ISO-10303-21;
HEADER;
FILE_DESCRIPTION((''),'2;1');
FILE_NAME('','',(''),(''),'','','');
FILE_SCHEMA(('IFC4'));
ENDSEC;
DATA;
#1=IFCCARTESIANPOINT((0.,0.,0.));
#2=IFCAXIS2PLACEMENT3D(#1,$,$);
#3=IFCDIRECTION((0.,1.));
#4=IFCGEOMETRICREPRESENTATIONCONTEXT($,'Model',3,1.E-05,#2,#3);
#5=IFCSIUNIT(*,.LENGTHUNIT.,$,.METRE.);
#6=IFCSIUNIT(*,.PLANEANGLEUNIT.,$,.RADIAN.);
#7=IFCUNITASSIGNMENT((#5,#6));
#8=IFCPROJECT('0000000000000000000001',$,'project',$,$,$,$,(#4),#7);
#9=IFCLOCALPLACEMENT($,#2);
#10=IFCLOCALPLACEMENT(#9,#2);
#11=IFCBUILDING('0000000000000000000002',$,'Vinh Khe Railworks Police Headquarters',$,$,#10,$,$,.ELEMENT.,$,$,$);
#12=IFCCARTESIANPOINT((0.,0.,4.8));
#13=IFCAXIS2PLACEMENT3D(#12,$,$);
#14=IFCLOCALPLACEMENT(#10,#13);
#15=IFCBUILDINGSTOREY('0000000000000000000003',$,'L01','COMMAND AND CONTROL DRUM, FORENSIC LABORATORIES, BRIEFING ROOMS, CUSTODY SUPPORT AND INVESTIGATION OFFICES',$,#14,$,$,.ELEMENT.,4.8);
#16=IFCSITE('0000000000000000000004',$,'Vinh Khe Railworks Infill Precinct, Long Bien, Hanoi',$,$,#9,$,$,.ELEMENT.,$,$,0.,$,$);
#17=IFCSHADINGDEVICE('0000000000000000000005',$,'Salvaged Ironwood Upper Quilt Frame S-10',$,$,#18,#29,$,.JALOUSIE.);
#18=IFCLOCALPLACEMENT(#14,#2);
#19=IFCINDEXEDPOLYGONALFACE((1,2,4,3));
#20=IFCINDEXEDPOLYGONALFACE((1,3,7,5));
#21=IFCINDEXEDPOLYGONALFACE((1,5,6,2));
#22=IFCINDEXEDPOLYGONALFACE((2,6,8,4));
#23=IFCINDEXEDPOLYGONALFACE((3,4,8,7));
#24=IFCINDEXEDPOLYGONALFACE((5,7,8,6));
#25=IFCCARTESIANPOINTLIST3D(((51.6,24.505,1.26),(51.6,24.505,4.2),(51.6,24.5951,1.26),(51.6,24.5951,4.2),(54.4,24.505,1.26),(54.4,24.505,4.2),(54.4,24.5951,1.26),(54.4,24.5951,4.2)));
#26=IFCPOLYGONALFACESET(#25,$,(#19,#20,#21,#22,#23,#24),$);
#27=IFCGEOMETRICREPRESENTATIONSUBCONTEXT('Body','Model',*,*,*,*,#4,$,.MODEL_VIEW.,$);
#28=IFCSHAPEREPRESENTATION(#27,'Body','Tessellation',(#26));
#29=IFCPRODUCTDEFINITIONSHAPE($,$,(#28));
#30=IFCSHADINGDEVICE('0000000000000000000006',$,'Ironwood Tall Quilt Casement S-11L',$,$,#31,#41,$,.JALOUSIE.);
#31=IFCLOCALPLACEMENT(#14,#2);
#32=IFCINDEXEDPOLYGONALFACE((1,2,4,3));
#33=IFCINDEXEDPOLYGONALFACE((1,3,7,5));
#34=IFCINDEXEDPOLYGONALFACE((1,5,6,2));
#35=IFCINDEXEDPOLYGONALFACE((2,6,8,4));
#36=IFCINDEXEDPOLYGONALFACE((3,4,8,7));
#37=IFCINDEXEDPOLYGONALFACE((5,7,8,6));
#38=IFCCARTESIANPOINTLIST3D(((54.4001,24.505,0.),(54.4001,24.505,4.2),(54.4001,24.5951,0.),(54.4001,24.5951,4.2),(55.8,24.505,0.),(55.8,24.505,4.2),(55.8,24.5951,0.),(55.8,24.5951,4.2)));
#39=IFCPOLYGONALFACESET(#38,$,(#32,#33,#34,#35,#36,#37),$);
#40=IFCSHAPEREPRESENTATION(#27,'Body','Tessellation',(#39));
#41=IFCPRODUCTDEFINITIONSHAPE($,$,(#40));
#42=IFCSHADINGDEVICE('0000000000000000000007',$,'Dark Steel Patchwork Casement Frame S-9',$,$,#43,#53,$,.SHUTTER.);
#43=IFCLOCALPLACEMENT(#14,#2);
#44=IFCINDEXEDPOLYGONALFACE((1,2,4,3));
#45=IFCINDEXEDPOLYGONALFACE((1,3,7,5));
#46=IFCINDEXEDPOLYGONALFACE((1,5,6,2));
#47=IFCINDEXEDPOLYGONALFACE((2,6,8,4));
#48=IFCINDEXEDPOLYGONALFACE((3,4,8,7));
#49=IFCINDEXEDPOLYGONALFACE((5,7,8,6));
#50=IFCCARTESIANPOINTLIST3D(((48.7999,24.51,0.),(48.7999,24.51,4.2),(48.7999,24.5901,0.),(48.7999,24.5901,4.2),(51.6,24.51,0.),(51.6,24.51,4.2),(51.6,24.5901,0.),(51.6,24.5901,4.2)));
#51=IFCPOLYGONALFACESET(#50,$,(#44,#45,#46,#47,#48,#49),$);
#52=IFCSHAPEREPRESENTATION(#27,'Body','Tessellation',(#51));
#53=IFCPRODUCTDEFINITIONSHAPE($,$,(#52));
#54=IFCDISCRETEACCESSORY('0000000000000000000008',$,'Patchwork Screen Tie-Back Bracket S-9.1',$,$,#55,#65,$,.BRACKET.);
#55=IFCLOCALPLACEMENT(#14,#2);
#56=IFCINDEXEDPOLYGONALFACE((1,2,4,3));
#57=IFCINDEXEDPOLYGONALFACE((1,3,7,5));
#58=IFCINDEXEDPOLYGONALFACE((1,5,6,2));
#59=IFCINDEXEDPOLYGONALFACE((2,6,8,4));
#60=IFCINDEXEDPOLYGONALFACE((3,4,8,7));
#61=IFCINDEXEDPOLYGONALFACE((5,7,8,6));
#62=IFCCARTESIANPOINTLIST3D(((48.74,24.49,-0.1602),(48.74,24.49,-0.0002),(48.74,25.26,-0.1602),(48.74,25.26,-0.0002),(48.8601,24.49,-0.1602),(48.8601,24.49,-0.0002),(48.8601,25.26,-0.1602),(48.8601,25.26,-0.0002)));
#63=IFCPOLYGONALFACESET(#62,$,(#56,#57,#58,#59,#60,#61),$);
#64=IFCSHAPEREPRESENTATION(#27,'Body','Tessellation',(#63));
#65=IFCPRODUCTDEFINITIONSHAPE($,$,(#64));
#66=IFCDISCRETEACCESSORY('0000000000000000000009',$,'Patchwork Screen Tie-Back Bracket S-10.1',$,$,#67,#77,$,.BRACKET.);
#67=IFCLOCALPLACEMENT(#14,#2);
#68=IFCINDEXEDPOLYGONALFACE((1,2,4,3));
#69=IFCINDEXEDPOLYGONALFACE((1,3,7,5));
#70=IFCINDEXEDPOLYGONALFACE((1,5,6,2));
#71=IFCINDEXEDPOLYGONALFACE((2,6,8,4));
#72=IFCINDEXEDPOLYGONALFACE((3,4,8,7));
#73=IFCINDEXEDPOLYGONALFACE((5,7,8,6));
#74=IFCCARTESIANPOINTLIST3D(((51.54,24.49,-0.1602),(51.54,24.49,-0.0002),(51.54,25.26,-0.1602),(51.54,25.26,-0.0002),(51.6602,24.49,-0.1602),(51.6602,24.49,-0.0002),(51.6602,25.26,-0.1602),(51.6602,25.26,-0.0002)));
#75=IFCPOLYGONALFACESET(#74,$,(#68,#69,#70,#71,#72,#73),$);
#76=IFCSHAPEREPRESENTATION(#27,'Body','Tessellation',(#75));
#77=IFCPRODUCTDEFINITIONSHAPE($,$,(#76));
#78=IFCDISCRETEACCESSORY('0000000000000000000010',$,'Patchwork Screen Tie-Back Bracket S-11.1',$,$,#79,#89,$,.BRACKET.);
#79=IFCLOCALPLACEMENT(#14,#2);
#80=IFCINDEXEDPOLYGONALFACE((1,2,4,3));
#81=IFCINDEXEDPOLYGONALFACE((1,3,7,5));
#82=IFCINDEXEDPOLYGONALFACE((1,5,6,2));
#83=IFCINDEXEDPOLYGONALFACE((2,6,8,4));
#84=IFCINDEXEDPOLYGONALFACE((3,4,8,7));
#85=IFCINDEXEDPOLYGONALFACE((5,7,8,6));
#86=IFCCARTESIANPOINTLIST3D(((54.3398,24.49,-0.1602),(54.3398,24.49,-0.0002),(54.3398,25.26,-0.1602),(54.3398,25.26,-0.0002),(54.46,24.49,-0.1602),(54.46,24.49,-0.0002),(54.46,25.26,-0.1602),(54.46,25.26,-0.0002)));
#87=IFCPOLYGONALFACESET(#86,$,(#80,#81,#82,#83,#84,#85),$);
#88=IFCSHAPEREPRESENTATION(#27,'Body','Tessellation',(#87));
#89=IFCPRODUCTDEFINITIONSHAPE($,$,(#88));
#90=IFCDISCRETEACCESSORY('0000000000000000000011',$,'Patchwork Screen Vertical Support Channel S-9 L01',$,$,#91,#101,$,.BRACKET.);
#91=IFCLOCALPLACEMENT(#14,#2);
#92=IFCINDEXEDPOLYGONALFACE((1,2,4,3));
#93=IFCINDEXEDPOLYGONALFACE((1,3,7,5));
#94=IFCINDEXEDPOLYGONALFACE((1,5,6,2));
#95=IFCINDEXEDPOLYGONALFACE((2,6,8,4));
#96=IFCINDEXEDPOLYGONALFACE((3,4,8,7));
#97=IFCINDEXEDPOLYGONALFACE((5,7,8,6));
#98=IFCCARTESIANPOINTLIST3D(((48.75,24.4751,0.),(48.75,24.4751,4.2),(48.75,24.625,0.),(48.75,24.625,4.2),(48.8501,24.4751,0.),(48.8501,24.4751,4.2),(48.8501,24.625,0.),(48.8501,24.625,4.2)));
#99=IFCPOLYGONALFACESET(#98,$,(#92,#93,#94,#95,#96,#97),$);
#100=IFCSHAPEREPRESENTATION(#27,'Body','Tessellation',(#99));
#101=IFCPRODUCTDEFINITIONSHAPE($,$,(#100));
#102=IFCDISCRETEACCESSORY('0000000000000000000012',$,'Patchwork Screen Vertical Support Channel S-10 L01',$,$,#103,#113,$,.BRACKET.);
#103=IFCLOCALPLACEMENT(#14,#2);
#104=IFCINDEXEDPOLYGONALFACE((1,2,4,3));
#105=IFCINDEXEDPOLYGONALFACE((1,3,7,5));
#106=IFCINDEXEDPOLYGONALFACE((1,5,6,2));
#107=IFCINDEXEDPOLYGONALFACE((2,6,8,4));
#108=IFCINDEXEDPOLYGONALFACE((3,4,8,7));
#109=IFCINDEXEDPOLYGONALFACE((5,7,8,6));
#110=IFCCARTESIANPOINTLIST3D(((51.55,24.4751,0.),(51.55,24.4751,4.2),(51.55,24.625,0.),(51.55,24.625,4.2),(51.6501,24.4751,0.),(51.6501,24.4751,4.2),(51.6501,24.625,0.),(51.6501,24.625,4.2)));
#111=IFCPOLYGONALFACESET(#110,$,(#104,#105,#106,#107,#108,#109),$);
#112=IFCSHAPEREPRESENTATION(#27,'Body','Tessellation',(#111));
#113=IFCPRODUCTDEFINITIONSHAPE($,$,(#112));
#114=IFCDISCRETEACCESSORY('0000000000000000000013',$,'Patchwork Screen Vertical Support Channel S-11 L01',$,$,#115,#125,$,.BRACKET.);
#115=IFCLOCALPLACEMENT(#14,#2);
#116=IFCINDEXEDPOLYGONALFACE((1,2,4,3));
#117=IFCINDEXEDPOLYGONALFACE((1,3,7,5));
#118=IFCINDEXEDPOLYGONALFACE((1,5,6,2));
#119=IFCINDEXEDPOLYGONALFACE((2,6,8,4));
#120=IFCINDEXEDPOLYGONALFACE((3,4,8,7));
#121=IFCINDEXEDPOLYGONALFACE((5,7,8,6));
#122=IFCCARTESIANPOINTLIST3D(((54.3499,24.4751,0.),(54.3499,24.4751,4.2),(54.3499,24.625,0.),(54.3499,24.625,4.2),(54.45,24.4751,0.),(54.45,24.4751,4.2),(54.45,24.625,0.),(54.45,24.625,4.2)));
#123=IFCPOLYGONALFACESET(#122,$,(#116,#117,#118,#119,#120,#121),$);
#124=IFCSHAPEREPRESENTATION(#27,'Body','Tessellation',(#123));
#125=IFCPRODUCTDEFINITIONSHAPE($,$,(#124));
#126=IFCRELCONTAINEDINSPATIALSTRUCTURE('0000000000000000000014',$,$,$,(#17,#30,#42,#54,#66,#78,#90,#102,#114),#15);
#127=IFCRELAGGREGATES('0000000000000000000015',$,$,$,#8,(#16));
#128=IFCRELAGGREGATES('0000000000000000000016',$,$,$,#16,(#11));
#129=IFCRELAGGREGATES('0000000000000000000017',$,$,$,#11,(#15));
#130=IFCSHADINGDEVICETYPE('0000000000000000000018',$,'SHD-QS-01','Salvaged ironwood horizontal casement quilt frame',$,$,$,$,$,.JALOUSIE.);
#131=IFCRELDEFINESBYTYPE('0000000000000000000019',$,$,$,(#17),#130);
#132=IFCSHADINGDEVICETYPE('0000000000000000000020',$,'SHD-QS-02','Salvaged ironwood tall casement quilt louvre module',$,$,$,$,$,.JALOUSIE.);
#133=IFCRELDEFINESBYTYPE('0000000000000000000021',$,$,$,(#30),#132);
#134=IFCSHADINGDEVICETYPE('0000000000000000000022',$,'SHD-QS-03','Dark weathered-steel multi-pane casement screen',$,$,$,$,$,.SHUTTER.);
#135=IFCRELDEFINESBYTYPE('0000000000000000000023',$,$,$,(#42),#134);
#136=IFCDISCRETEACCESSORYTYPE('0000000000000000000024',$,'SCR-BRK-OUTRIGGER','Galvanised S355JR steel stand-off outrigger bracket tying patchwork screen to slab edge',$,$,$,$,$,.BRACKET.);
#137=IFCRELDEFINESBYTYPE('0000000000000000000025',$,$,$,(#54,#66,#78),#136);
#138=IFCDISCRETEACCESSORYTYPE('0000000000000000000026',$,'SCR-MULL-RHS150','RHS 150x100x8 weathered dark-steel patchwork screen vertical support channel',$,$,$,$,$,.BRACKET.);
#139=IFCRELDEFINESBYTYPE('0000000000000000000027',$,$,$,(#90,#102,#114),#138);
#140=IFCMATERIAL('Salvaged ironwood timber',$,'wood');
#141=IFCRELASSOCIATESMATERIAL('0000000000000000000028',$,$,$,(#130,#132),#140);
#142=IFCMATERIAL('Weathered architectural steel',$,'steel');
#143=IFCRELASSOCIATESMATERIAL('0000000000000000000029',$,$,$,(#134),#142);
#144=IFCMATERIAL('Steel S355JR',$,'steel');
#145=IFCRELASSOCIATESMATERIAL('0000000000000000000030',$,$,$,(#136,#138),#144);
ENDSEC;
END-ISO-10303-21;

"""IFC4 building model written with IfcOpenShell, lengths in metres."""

from ifc_helpers import new_model, si_unit, direction, frame, origin, origin_2d, place, context, subcontext, project, spatial, rectangle, extrude, material, type_object, element, save


model = new_model("IFC4")

# Units and contexts
model_context = context("Model", 3, precision=1e-05, world=origin(), true_north=direction((0.0, 1.0)))
body_context = subcontext(model_context, "Body", "Model", "MODEL_VIEW")
ifc_project = project(units=[si_unit("LENGTHUNIT", "METRE"), si_unit("PLANEANGLEUNIT", "RADIAN")], contexts=[model_context])

# Site, building, storey
site_placement = place(None, origin())
site = spatial("IfcSite", under=ifc_project, at=site_placement, Name="Vinh Khe Railworks Infill Precinct, Long Bien, Hanoi", CompositionType="ELEMENT", RefElevation=0.0)
building_placement = place(site_placement, origin())
building = spatial("IfcBuilding", under=site, at=building_placement, Name="Vinh Khe Railworks Police Headquarters", CompositionType="ELEMENT")
storey_placement = place(building_placement, frame((0.0, 0.0, 4.8)))
storey = spatial("IfcBuildingStorey", under=building, at=storey_placement, Name="L01", Description="COMMAND AND CONTROL DRUM, FORENSIC LABORATORIES, BRIEFING ROOMS, CUSTODY SUPPORT AND INVESTIGATION OFFICES", CompositionType="ELEMENT", Elevation=4.8)

# Shared definitions
ifc_material_1 = material(Name="Steel S355JR", Category="steel")

# Shared definitions
ifc_material_2 = material(Name="Salvaged ironwood timber", Category="wood")

# Shading devices
shading_device_type_1 = type_object("IfcShadingDeviceType", Name="SHD-QS-01", Description="Salvaged ironwood horizontal casement quilt frame", PredefinedType="JALOUSIE", material=ifc_material_2)
shading_device_1_placement = place(storey_placement, frame((53.0, 24.55, 1.26), z_axis=(0.0, 0.0, 1.0), x_axis=(1.0, 0.0, 0.0)))
element("IfcShadingDevice", 1, at=shading_device_1_placement, inside=storey, type_object=shading_device_type_1, Name="Salvaged Ironwood Upper Quilt Frame S-10", PredefinedType="JALOUSIE", context=body_context, shape_type="SweptSolid", body=[
    extrude(rectangle(XDim=2.8, YDim=0.0901, at=origin_2d()), origin(), (0.0, 0.0, 1.0), 2.9399),
])
shading_device_type_2 = type_object("IfcShadingDeviceType", Name="SHD-QS-02", Description="Salvaged ironwood tall casement quilt louvre module", PredefinedType="JALOUSIE", material=ifc_material_2)
shading_device_2_placement = place(storey_placement, frame((55.1001, 24.55, 0.0), z_axis=(0.0, 0.0, 1.0), x_axis=(1.0, 0.0, 0.0)))
element("IfcShadingDevice", 2, at=shading_device_2_placement, inside=storey, type_object=shading_device_type_2, Name="Ironwood Tall Quilt Casement S-11L", PredefinedType="JALOUSIE", context=body_context, shape_type="SweptSolid", body=[
    extrude(rectangle(XDim=1.3999, YDim=0.0901, at=origin_2d()), origin(), (0.0, 0.0, 1.0), 4.2),
])
ifc_material_3 = material(Name="Weathered architectural steel", Category="steel")
shading_device_type_3 = type_object("IfcShadingDeviceType", Name="SHD-QS-03", Description="Dark weathered-steel multi-pane casement screen", PredefinedType="SHUTTER", material=ifc_material_3)
shading_device_3_placement = place(storey_placement, frame((50.2, 24.55, 0.0), z_axis=(0.0, 0.0, 1.0), x_axis=(1.0, 0.0, 0.0)))
element("IfcShadingDevice", 3, at=shading_device_3_placement, inside=storey, type_object=shading_device_type_3, Name="Dark Steel Patchwork Casement Frame S-9", PredefinedType="SHUTTER", context=body_context, shape_type="SweptSolid", body=[
    extrude(rectangle(XDim=2.8, YDim=0.0801, at=origin_2d()), origin(), (0.0, 0.0, 1.0), 4.2),
])

# Discrete accessories
discrete_accessory_type_1 = type_object("IfcDiscreteAccessoryType", Name="SCR-BRK-OUTRIGGER", Description="Galvanised S355JR steel stand-off outrigger bracket tying patchwork screen to slab edge", PredefinedType="BRACKET", material=ifc_material_1)
for number, where, z_axis, x_axis, name in (
    (4, (48.8, 24.875, -0.1602), (0.0, 0.0, 1.0), (1.0, 0.0, 0.0), "Patchwork Screen Tie-Back Bracket S-9.1"),
    (5, (51.6001, 24.875, -0.1602), (0.0, 0.0, 1.0), (1.0, 0.0, 0.0), "Patchwork Screen Tie-Back Bracket S-10.1"),
    (6, (54.3999, 24.875, -0.1602), (0.0, 0.0, 1.0), (1.0, 0.0, 0.0), "Patchwork Screen Tie-Back Bracket S-11.1"),
):
    element("IfcDiscreteAccessory", number, at=place(storey_placement, frame(where, z_axis=z_axis, x_axis=x_axis)), inside=storey, type_object=discrete_accessory_type_1, Name=name, PredefinedType="BRACKET", context=body_context, shape_type="SweptSolid", body=[
        extrude(rectangle(XDim=0.1201, YDim=0.77, at=origin_2d()), origin(), (0.0, 0.0, 1.0), 0.1599),
    ])
discrete_accessory_type_2 = type_object("IfcDiscreteAccessoryType", Name="SCR-MULL-RHS150", Description="RHS 150x100x8 weathered dark-steel patchwork screen vertical support channel", PredefinedType="BRACKET", material=ifc_material_1)
for number, where, z_axis, x_axis, name in (
    (7, (48.8, 24.55, 0.0), (0.0, 0.0, 1.0), (1.0, 0.0, 0.0), "Patchwork Screen Vertical Support Channel S-9 L01"),
    (8, (51.6001, 24.55, 0.0), (0.0, 0.0, 1.0), (1.0, 0.0, 0.0), "Patchwork Screen Vertical Support Channel S-10 L01"),
    (9, (54.3999, 24.55, 0.0), (0.0, 0.0, 1.0), (1.0, 0.0, 0.0), "Patchwork Screen Vertical Support Channel S-11 L01"),
):
    element("IfcDiscreteAccessory", number, at=place(storey_placement, frame(where, z_axis=z_axis, x_axis=x_axis)), inside=storey, type_object=discrete_accessory_type_2, Name=name, PredefinedType="BRACKET", context=body_context, shape_type="SweptSolid", body=[
        extrude(rectangle(XDim=0.1001, YDim=0.1499, at=origin_2d()), origin(), (0.0, 0.0, 1.0), 4.2),
    ])

save(model, "model.ifc")
